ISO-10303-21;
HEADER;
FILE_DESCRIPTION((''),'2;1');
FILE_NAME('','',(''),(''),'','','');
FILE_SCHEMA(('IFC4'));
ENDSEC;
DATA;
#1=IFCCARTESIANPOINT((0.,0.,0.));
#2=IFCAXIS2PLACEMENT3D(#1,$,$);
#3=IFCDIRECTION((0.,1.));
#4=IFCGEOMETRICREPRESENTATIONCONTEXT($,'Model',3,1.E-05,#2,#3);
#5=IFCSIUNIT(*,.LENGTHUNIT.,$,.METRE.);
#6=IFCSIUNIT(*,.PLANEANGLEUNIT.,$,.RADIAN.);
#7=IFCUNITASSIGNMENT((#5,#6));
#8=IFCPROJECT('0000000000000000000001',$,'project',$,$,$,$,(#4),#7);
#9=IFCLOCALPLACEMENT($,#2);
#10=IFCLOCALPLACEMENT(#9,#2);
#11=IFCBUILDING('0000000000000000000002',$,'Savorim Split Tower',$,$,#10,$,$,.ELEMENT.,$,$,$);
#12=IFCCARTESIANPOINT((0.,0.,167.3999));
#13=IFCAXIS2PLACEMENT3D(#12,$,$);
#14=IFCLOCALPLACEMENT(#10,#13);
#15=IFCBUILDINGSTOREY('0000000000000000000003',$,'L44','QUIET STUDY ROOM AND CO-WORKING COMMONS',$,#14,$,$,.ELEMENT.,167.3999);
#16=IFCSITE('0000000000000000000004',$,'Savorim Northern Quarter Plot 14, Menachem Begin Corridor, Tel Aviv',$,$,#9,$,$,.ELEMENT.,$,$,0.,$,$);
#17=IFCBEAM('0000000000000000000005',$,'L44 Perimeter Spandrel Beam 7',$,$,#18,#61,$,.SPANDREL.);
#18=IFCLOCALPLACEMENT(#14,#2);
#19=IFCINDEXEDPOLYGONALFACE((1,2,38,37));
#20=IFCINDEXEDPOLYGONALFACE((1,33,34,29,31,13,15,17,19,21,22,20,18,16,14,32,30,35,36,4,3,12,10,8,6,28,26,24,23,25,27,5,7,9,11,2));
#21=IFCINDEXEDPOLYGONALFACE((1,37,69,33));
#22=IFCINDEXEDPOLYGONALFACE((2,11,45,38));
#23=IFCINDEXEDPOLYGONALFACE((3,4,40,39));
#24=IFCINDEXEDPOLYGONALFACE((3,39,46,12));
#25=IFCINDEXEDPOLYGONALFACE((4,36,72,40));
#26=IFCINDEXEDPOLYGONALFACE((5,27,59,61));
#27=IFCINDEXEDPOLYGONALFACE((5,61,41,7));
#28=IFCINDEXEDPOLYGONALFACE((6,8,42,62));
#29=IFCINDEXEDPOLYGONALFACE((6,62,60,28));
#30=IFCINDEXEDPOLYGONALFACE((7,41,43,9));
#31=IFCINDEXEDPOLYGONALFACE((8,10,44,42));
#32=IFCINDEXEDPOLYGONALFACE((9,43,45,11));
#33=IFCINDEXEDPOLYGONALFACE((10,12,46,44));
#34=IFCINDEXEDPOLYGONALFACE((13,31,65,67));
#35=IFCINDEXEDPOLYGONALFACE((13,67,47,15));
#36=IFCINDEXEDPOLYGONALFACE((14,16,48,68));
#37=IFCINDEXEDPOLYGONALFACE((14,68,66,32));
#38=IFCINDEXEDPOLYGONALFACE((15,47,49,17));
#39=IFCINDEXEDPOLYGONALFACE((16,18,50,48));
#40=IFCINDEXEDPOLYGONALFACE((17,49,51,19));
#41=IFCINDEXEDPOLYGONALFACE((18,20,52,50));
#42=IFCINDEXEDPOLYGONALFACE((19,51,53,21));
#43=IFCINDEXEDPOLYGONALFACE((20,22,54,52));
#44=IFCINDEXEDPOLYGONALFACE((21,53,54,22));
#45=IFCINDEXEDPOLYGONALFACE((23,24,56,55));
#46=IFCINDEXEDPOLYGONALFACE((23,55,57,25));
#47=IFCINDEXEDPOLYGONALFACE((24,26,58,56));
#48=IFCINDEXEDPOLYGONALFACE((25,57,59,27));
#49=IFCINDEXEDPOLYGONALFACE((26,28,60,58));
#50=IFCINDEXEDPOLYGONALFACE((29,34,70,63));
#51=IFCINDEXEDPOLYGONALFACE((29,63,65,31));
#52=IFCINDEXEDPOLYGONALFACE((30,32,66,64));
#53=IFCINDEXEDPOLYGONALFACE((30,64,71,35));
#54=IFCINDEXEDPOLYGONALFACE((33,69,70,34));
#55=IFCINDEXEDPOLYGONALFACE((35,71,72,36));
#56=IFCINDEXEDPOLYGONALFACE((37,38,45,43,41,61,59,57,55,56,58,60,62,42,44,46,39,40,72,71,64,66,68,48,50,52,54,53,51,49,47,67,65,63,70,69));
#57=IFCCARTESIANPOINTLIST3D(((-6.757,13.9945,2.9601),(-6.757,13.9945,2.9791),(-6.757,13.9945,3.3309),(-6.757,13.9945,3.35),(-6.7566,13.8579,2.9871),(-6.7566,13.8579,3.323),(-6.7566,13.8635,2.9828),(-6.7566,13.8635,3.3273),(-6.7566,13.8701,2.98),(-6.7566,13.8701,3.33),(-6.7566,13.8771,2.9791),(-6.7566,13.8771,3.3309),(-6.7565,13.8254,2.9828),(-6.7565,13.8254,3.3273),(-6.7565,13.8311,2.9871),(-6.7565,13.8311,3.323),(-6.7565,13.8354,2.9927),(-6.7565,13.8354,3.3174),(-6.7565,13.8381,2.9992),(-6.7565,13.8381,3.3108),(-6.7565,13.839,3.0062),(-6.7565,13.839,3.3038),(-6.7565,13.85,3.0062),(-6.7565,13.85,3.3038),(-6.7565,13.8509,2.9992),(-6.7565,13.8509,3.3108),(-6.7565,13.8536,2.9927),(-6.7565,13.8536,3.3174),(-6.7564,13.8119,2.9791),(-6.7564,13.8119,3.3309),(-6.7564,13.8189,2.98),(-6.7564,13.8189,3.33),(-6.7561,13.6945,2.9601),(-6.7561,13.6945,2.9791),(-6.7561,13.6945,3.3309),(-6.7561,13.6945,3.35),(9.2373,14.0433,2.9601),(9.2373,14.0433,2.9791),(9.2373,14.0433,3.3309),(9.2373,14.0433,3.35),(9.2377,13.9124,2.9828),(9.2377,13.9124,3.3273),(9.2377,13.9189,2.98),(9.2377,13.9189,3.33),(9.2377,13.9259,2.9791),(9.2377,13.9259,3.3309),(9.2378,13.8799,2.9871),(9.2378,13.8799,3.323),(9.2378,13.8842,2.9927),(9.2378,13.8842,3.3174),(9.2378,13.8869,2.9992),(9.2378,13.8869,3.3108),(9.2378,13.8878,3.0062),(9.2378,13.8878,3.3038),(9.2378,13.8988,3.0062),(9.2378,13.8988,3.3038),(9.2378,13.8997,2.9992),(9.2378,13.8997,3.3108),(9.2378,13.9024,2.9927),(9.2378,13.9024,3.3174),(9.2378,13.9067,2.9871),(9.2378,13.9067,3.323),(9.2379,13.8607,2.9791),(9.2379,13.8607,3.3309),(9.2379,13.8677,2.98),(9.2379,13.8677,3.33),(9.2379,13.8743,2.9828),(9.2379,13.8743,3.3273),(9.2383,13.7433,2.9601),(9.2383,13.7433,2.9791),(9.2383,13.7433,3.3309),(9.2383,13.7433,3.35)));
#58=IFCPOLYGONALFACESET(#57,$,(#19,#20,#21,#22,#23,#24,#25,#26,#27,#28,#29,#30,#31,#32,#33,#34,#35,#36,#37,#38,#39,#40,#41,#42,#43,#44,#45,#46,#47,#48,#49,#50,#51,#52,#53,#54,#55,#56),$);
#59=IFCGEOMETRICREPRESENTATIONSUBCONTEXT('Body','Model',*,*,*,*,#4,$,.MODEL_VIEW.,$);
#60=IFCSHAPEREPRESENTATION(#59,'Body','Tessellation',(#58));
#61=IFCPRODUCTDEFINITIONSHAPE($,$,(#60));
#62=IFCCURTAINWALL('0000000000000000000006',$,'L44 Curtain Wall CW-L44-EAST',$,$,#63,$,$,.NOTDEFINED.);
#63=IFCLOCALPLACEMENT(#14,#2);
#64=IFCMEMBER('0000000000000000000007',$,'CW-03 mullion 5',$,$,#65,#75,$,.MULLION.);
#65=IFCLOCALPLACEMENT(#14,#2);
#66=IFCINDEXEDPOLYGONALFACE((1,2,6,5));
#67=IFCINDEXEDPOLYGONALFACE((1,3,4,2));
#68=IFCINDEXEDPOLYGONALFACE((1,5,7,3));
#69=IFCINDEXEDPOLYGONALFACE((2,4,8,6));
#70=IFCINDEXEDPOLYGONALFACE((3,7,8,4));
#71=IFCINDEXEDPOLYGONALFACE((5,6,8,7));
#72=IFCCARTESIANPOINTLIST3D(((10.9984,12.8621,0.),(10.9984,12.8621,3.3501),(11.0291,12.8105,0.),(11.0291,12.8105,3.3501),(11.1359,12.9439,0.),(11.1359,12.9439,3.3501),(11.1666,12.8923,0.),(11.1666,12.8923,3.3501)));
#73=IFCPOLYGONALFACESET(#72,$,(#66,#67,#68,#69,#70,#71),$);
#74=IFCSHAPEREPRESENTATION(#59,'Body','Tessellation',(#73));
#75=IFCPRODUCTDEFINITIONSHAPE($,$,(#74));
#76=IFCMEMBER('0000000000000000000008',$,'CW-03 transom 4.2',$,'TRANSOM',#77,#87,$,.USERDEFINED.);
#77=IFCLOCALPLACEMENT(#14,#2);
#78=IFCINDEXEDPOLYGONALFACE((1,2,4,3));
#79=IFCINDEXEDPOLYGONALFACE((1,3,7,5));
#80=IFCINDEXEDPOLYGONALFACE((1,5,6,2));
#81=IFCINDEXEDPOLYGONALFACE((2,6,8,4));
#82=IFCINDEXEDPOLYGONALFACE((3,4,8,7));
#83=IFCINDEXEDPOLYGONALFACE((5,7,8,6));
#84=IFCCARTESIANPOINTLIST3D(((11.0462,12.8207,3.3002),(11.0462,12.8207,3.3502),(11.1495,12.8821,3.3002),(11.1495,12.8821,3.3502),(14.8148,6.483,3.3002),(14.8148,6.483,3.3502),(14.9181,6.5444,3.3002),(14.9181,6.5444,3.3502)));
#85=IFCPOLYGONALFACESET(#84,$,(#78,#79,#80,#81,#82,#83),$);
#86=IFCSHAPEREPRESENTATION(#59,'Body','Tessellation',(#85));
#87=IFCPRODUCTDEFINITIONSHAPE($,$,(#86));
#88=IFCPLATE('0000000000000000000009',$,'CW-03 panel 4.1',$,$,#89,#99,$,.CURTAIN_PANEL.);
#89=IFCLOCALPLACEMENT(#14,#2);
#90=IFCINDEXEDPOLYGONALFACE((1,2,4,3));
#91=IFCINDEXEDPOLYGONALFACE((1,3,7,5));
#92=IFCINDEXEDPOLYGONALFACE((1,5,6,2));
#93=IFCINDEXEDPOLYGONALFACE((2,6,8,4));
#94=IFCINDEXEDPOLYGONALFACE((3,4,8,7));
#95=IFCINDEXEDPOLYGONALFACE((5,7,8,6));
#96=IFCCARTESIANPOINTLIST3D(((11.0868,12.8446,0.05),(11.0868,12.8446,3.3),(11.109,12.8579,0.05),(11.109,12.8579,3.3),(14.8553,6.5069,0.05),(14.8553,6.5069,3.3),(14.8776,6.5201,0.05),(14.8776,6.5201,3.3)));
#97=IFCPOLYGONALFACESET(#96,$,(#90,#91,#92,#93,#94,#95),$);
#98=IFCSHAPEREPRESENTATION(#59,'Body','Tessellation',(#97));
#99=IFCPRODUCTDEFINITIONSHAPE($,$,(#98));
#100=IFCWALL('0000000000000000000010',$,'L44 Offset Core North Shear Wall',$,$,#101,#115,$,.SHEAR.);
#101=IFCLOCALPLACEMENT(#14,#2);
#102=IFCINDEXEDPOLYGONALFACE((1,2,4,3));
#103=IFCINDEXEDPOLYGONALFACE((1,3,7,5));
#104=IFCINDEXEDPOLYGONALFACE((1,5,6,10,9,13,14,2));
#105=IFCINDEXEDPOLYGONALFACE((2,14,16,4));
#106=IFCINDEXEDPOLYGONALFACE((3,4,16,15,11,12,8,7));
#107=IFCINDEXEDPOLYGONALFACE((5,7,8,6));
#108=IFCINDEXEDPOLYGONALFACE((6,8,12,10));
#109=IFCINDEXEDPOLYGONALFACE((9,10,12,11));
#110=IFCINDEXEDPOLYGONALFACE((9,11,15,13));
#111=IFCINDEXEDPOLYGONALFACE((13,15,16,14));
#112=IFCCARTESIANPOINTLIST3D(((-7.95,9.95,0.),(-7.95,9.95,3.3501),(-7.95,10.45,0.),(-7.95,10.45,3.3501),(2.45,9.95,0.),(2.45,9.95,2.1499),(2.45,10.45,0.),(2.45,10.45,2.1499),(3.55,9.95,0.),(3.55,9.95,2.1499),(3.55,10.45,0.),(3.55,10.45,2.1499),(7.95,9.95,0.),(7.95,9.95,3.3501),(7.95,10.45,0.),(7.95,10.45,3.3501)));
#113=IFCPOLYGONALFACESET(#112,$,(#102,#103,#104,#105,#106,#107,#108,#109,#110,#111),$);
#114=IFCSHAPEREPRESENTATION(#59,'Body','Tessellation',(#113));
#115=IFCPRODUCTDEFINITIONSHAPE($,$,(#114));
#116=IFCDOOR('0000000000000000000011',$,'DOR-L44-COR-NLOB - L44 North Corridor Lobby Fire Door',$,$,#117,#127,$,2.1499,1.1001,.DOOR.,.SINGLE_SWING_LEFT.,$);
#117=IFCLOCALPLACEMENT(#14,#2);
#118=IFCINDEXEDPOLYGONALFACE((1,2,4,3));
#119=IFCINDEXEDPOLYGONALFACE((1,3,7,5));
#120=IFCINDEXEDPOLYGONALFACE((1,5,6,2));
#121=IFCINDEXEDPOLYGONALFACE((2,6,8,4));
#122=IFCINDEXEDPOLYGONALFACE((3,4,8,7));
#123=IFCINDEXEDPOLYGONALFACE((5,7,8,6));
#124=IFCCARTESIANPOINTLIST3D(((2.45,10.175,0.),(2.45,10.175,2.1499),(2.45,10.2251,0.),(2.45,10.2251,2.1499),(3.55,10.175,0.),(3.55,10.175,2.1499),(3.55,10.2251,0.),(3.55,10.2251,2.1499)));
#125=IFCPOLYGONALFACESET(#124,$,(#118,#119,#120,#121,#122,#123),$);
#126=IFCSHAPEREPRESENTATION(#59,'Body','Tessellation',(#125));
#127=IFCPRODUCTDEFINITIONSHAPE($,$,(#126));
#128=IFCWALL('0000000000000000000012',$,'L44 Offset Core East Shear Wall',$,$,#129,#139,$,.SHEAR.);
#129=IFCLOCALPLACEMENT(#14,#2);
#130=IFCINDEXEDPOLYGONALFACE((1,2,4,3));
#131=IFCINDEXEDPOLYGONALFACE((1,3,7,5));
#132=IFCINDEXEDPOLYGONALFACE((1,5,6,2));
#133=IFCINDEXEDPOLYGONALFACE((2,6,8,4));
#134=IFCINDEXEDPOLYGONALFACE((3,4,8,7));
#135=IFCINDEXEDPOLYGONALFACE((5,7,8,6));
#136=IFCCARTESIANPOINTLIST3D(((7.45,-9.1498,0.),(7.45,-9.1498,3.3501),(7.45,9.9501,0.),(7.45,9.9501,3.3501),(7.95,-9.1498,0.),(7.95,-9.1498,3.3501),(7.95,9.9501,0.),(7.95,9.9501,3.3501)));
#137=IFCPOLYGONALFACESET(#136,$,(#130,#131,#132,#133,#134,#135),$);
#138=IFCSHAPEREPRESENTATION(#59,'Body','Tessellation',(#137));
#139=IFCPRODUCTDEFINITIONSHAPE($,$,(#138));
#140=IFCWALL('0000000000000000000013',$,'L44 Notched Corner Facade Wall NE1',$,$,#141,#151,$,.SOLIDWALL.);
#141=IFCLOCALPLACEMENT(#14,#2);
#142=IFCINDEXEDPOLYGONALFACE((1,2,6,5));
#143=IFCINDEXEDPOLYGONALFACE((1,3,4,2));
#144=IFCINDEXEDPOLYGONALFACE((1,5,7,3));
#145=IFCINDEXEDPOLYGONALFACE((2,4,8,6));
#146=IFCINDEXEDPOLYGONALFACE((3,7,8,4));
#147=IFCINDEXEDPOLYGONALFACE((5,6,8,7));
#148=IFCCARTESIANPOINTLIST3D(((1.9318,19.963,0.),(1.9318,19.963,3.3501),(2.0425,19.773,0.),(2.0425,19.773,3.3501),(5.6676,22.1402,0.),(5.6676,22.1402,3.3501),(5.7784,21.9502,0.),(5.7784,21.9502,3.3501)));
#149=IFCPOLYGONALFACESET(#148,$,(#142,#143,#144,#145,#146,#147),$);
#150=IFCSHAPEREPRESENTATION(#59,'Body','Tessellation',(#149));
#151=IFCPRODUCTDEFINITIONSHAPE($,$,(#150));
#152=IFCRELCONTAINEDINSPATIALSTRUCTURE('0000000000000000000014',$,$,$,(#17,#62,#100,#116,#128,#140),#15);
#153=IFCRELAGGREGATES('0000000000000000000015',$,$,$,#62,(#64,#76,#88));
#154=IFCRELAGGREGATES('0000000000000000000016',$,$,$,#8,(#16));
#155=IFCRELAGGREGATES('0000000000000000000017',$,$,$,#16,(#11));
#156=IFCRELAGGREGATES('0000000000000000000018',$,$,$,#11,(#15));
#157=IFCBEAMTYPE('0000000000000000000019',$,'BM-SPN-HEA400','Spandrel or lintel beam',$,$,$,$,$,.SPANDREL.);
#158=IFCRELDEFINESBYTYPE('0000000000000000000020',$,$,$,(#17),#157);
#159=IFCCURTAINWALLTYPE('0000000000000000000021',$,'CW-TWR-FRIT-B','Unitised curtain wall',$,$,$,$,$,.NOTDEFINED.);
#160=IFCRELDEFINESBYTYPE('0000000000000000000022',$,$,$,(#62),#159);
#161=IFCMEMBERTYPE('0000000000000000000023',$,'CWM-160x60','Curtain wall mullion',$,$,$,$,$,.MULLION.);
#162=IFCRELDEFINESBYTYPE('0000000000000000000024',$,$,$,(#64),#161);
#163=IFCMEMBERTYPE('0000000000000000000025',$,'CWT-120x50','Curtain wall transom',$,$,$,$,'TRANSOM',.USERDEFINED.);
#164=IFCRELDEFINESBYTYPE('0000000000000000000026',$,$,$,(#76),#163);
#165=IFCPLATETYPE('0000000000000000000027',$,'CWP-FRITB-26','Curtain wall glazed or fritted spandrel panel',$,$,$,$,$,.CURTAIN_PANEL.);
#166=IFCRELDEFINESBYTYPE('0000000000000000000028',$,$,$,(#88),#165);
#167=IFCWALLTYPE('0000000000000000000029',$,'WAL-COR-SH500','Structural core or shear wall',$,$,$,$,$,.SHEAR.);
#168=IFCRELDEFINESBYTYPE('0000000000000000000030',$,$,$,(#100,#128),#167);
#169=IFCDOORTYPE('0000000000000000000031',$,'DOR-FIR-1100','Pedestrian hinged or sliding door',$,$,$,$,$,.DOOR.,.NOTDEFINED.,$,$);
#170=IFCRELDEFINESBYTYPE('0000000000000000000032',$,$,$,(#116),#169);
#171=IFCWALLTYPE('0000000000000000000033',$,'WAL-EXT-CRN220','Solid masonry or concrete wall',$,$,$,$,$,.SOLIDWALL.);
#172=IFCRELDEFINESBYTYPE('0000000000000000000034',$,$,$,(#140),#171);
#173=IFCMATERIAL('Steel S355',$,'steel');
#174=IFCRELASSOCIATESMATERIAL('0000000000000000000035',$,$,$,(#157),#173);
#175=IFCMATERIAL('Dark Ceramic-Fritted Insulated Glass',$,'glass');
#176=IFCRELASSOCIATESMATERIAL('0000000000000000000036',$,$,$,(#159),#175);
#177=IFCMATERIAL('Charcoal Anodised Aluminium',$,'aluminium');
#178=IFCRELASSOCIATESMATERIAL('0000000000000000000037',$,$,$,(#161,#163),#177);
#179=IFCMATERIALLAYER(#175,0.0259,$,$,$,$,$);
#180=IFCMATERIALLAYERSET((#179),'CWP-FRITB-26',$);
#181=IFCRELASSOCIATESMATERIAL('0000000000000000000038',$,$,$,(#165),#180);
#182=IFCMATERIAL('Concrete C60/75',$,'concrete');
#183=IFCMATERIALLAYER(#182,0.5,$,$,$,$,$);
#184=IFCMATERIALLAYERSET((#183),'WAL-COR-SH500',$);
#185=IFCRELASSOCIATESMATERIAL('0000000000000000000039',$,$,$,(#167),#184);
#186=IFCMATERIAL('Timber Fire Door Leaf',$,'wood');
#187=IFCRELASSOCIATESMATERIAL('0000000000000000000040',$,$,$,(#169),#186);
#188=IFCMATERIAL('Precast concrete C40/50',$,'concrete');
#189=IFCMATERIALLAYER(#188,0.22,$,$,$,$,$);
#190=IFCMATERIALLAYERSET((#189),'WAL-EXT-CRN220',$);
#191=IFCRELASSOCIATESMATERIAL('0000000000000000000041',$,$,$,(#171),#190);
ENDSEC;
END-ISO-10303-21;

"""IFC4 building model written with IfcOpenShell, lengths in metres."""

from ifc_helpers import new_model, si_unit, direction, frame, frame_2d, origin, origin_2d, place, context, subcontext, project, spatial, rectangle, i_section, extrude, material, layer, layer_set, material_profile, profile_set, type_object, element, fill, aggregate, save


model = new_model("IFC4")

# Units and contexts
model_context = context("Model", 3, precision=1e-05, world=origin(), true_north=direction((0.0, 1.0)))
body_context = subcontext(model_context, "Body", "Model", "MODEL_VIEW")
ifc_project = project(units=[si_unit("LENGTHUNIT", "METRE"), si_unit("PLANEANGLEUNIT", "RADIAN")], contexts=[model_context])

# Site, building, storey
site_placement = place(None, origin())
site = spatial("IfcSite", under=ifc_project, at=site_placement, Name="Savorim Northern Quarter Plot 14, Menachem Begin Corridor, Tel Aviv", CompositionType="ELEMENT", RefElevation=0.0)
building_placement = place(site_placement, origin())
building = spatial("IfcBuilding", under=site, at=building_placement, Name="Savorim Split Tower", CompositionType="ELEMENT")
storey_placement = place(building_placement, frame((0.0, 0.0, 167.3999)))
storey = spatial("IfcBuildingStorey", under=building, at=storey_placement, Name="L44", Description="QUIET STUDY ROOM AND CO-WORKING COMMONS", CompositionType="ELEMENT", Elevation=167.3999)

# Beam
ifc_material_1 = material(Name="Steel S355", Category="steel")
ifc_material_profile_1 = material_profile(ifc_material_1, i_section(OverallWidth=0.3, OverallDepth=0.3899, WebThickness=0.011, FlangeThickness=0.019, FilletRadius=0.0271, at=origin_2d()), Name="HEA 400")
ifc_profile_set_1 = profile_set([ifc_material_profile_1], Name="Steel S355")
beam_type_1 = type_object("IfcBeamType", Name="BM-SPN-HEA400", Description="Spandrel or lintel beam", PredefinedType="SPANDREL", material=ifc_profile_set_1)
beam_1_placement = place(storey_placement, frame((9.2378, 13.8933, 3.155), z_axis=(-0.999995, -0.003053, 0.0), x_axis=(0.003053, -0.999995, 0.0)))
element("IfcBeam", 1, at=beam_1_placement, inside=storey, type_object=beam_type_1, Name="L44 Perimeter Spandrel Beam 7", PredefinedType="SPANDREL", context=body_context, shape_type="SweptSolid", body=[
    extrude(i_section(OverallWidth=0.3, OverallDepth=0.3899, WebThickness=0.011, FlangeThickness=0.019, FilletRadius=0.0271, at=origin_2d()), origin(), (0.0, 0.0, 1.0), 15.9944),
])

# Curtain wall, members, plate
ifc_material_2 = material(Name="Dark Ceramic-Fritted Insulated Glass", Category="glass")
curtain_wall_type = type_object("IfcCurtainWallType", Name="CW-TWR-FRIT-B", Description="Unitised curtain wall", PredefinedType="NOTDEFINED", material=ifc_material_2)
curtain_wall_placement = place(storey_placement, origin())
curtain_wall = element("IfcCurtainWall", 2, at=curtain_wall_placement, inside=storey, type_object=curtain_wall_type, Name="L44 Curtain Wall CW-L44-EAST", PredefinedType="NOTDEFINED")
ifc_material_3 = material(Name="Charcoal Anodised Aluminium", Category="aluminium")
ifc_material_profile_2 = material_profile(ifc_material_3, rectangle(XDim=0.1599, YDim=0.0601, at=origin_2d()), Name="ALU-M 160x60")
ifc_profile_set_2 = profile_set([ifc_material_profile_2], Name="Charcoal Anodised Aluminium")
member_type_1 = type_object("IfcMemberType", Name="CWM-160x60", Description="Curtain wall mullion", PredefinedType="MULLION", material=ifc_profile_set_2)
member_1_placement = place(storey_placement, frame((11.0825, 12.8772, 0.0), z_axis=(0.0, 0.0, 1.0), x_axis=(-0.859525, -0.511094, 0.0)))
member_1 = element("IfcMember", 3, at=member_1_placement, type_object=member_type_1, Name="CW-03 mullion 5", PredefinedType="MULLION", context=body_context, shape_type="SweptSolid", body=[
    extrude(rectangle(XDim=0.1599, YDim=0.0601, at=origin_2d()), origin(), (0.0, 0.0, 1.0), 3.3501),
])
ifc_material_profile_3 = material_profile(ifc_material_3, rectangle(XDim=0.1201, YDim=0.05, at=origin_2d()), Name="ALU-T 120x50")
ifc_profile_set_3 = profile_set([ifc_material_profile_3], Name="Charcoal Anodised Aluminium")
member_type_2 = type_object("IfcMemberType", Name="CWT-120x50", Description="Curtain wall transom", ElementType="TRANSOM", PredefinedType="USERDEFINED", material=ifc_profile_set_3)
member_2_placement = place(storey_placement, frame((14.8665, 6.5137, 3.3252), z_axis=(-0.511098, 0.859523, 0.0), x_axis=(-0.859523, -0.511098, 0.0)))
member_2 = element("IfcMember", 4, at=member_2_placement, type_object=member_type_2, Name="CW-03 transom 4.2", ObjectType="TRANSOM", PredefinedType="USERDEFINED", context=body_context, shape_type="SweptSolid", body=[
    extrude(rectangle(XDim=0.1201, YDim=0.05, at=origin_2d()), origin(), (0.0, 0.0, 1.0), 7.3735),
])
ifc_layer_1 = layer(ifc_material_2, 0.0259)
ifc_layer_set_1 = layer_set([ifc_layer_1], Name="CWP-FRITB-26")
plate_type = type_object("IfcPlateType", Name="CWP-FRITB-26", Description="Curtain wall glazed or fritted spandrel panel", PredefinedType="CURTAIN_PANEL", material=ifc_layer_set_1)
plate_placement = place(storey_placement, frame((12.9822, 9.6824, 0.05), z_axis=(0.0, 0.0, 1.0), x_axis=(-0.511094, 0.859525, 0.0)))
plate = element("IfcPlate", 5, at=plate_placement, type_object=plate_type, Name="CW-03 panel 4.1", PredefinedType="CURTAIN_PANEL", context=body_context, shape_type="SweptSolid", body=[
    extrude(rectangle(XDim=7.3735, YDim=0.0259, at=origin_2d()), origin(), (0.0, 0.0, 1.0), 3.25),
])
aggregate(curtain_wall, [member_1, member_2, plate])

# Wall, opening, door
ifc_material_4 = material(Name="Concrete C60/75", Category="concrete")
ifc_layer_2 = layer(ifc_material_4, 0.5)
ifc_layer_set_2 = layer_set([ifc_layer_2], Name="WAL-COR-SH500")
wall_type_1 = type_object("IfcWallType", Name="WAL-COR-SH500", Description="Structural core or shear wall", PredefinedType="SHEAR", material=ifc_layer_set_2)
wall_1_placement = place(storey_placement, frame((7.95, 10.2, 0.0), z_axis=(0.0, 0.0, 1.0), x_axis=(-1.0, 0.0, 0.0)))
wall_1 = element("IfcWall", 6, at=wall_1_placement, inside=storey, type_object=wall_type_1, Name="L44 Offset Core North Shear Wall", PredefinedType="SHEAR", context=body_context, shape_type="SweptSolid", body=[
    extrude(rectangle(XDim=15.8999, YDim=0.5, at=frame_2d((7.95, 0.0))), origin(), (0.0, 0.0, 1.0), 3.3501),
])
opening_1_placement = place(wall_1_placement, frame((4.3999, 0.0, 0.0)))
opening_1 = element("IfcOpeningElement", 7, at=opening_1_placement, cuts=wall_1, PredefinedType="OPENING", context=body_context, shape_type="SweptSolid", body=[
    extrude(rectangle(XDim=1.1001, YDim=2.1499, at=frame_2d((0.55, 1.075))), frame((0.0, 0.26, 0.0), z_axis=(0.0, -1.0, 0.0), x_axis=(1.0, 0.0, 0.0)), (0.0, 0.0, 1.0), 0.52),
])
ifc_material_5 = material(Name="Timber Fire Door Leaf", Category="wood")
door_type_1 = type_object("IfcDoorType", Name="DOR-FIR-1100", Description="Pedestrian hinged or sliding door", OperationType="NOTDEFINED", PredefinedType="DOOR", material=ifc_material_5)
door_1_placement = place(opening_1_placement, origin())
door_1 = element("IfcDoor", 8, at=door_1_placement, inside=storey, type_object=door_type_1, Name="DOR-L44-COR-NLOB - L44 North Corridor Lobby Fire Door", OperationType="SINGLE_SWING_LEFT", OverallHeight=2.1499, OverallWidth=1.1001, PredefinedType="DOOR", context=body_context, shape_type="SweptSolid", body=[
    extrude(rectangle(XDim=1.1001, YDim=2.1499, at=frame_2d((0.55, 1.075))), frame((0.0, 0.0249, 0.0), z_axis=(0.0, -1.0, 0.0), x_axis=(1.0, 0.0, 0.0)), (0.0, 0.0, 1.0), 0.05),
])
fill(opening_1, door_1)

# Walls
wall_2_placement = place(storey_placement, frame((7.7, 9.95, 0.0), z_axis=(0.0, 0.0, 1.0), x_axis=(0.0, -1.0, 0.0)))
element("IfcWall", 9, at=wall_2_placement, inside=storey, type_object=wall_type_1, Name="L44 Offset Core East Shear Wall", PredefinedType="SHEAR", context=body_context, shape_type="SweptSolid", body=[
    extrude(rectangle(XDim=19.0999, YDim=0.5, at=frame_2d((9.5498, 0.0))), origin(), (0.0, 0.0, 1.0), 3.3501),
])
ifc_material_6 = material(Name="Precast concrete C40/50", Category="concrete")
ifc_layer_3 = layer(ifc_material_6, 0.22)
ifc_layer_set_3 = layer_set([ifc_layer_3], Name="WAL-EXT-CRN220")
wall_type_2 = type_object("IfcWallType", Name="WAL-EXT-CRN220", Description="Solid masonry or concrete wall", PredefinedType="SOLIDWALL", material=ifc_layer_set_3)
wall_3_placement = place(storey_placement, frame((1.9871, 19.8679, 0.0), z_axis=(0.0, 0.0, 1.0), x_axis=(0.86398, 0.503527, 0.0)))
element("IfcWall", 10, at=wall_3_placement, inside=storey, type_object=wall_type_2, Name="L44 Notched Corner Facade Wall NE1", PredefinedType="SOLIDWALL", context=body_context, shape_type="SweptSolid", body=[
    extrude(rectangle(XDim=4.324, YDim=0.22, at=frame_2d((2.1621, 0.0))), origin(), (0.0, 0.0, 1.0), 3.3501),
])

save(model, "model.ifc")
